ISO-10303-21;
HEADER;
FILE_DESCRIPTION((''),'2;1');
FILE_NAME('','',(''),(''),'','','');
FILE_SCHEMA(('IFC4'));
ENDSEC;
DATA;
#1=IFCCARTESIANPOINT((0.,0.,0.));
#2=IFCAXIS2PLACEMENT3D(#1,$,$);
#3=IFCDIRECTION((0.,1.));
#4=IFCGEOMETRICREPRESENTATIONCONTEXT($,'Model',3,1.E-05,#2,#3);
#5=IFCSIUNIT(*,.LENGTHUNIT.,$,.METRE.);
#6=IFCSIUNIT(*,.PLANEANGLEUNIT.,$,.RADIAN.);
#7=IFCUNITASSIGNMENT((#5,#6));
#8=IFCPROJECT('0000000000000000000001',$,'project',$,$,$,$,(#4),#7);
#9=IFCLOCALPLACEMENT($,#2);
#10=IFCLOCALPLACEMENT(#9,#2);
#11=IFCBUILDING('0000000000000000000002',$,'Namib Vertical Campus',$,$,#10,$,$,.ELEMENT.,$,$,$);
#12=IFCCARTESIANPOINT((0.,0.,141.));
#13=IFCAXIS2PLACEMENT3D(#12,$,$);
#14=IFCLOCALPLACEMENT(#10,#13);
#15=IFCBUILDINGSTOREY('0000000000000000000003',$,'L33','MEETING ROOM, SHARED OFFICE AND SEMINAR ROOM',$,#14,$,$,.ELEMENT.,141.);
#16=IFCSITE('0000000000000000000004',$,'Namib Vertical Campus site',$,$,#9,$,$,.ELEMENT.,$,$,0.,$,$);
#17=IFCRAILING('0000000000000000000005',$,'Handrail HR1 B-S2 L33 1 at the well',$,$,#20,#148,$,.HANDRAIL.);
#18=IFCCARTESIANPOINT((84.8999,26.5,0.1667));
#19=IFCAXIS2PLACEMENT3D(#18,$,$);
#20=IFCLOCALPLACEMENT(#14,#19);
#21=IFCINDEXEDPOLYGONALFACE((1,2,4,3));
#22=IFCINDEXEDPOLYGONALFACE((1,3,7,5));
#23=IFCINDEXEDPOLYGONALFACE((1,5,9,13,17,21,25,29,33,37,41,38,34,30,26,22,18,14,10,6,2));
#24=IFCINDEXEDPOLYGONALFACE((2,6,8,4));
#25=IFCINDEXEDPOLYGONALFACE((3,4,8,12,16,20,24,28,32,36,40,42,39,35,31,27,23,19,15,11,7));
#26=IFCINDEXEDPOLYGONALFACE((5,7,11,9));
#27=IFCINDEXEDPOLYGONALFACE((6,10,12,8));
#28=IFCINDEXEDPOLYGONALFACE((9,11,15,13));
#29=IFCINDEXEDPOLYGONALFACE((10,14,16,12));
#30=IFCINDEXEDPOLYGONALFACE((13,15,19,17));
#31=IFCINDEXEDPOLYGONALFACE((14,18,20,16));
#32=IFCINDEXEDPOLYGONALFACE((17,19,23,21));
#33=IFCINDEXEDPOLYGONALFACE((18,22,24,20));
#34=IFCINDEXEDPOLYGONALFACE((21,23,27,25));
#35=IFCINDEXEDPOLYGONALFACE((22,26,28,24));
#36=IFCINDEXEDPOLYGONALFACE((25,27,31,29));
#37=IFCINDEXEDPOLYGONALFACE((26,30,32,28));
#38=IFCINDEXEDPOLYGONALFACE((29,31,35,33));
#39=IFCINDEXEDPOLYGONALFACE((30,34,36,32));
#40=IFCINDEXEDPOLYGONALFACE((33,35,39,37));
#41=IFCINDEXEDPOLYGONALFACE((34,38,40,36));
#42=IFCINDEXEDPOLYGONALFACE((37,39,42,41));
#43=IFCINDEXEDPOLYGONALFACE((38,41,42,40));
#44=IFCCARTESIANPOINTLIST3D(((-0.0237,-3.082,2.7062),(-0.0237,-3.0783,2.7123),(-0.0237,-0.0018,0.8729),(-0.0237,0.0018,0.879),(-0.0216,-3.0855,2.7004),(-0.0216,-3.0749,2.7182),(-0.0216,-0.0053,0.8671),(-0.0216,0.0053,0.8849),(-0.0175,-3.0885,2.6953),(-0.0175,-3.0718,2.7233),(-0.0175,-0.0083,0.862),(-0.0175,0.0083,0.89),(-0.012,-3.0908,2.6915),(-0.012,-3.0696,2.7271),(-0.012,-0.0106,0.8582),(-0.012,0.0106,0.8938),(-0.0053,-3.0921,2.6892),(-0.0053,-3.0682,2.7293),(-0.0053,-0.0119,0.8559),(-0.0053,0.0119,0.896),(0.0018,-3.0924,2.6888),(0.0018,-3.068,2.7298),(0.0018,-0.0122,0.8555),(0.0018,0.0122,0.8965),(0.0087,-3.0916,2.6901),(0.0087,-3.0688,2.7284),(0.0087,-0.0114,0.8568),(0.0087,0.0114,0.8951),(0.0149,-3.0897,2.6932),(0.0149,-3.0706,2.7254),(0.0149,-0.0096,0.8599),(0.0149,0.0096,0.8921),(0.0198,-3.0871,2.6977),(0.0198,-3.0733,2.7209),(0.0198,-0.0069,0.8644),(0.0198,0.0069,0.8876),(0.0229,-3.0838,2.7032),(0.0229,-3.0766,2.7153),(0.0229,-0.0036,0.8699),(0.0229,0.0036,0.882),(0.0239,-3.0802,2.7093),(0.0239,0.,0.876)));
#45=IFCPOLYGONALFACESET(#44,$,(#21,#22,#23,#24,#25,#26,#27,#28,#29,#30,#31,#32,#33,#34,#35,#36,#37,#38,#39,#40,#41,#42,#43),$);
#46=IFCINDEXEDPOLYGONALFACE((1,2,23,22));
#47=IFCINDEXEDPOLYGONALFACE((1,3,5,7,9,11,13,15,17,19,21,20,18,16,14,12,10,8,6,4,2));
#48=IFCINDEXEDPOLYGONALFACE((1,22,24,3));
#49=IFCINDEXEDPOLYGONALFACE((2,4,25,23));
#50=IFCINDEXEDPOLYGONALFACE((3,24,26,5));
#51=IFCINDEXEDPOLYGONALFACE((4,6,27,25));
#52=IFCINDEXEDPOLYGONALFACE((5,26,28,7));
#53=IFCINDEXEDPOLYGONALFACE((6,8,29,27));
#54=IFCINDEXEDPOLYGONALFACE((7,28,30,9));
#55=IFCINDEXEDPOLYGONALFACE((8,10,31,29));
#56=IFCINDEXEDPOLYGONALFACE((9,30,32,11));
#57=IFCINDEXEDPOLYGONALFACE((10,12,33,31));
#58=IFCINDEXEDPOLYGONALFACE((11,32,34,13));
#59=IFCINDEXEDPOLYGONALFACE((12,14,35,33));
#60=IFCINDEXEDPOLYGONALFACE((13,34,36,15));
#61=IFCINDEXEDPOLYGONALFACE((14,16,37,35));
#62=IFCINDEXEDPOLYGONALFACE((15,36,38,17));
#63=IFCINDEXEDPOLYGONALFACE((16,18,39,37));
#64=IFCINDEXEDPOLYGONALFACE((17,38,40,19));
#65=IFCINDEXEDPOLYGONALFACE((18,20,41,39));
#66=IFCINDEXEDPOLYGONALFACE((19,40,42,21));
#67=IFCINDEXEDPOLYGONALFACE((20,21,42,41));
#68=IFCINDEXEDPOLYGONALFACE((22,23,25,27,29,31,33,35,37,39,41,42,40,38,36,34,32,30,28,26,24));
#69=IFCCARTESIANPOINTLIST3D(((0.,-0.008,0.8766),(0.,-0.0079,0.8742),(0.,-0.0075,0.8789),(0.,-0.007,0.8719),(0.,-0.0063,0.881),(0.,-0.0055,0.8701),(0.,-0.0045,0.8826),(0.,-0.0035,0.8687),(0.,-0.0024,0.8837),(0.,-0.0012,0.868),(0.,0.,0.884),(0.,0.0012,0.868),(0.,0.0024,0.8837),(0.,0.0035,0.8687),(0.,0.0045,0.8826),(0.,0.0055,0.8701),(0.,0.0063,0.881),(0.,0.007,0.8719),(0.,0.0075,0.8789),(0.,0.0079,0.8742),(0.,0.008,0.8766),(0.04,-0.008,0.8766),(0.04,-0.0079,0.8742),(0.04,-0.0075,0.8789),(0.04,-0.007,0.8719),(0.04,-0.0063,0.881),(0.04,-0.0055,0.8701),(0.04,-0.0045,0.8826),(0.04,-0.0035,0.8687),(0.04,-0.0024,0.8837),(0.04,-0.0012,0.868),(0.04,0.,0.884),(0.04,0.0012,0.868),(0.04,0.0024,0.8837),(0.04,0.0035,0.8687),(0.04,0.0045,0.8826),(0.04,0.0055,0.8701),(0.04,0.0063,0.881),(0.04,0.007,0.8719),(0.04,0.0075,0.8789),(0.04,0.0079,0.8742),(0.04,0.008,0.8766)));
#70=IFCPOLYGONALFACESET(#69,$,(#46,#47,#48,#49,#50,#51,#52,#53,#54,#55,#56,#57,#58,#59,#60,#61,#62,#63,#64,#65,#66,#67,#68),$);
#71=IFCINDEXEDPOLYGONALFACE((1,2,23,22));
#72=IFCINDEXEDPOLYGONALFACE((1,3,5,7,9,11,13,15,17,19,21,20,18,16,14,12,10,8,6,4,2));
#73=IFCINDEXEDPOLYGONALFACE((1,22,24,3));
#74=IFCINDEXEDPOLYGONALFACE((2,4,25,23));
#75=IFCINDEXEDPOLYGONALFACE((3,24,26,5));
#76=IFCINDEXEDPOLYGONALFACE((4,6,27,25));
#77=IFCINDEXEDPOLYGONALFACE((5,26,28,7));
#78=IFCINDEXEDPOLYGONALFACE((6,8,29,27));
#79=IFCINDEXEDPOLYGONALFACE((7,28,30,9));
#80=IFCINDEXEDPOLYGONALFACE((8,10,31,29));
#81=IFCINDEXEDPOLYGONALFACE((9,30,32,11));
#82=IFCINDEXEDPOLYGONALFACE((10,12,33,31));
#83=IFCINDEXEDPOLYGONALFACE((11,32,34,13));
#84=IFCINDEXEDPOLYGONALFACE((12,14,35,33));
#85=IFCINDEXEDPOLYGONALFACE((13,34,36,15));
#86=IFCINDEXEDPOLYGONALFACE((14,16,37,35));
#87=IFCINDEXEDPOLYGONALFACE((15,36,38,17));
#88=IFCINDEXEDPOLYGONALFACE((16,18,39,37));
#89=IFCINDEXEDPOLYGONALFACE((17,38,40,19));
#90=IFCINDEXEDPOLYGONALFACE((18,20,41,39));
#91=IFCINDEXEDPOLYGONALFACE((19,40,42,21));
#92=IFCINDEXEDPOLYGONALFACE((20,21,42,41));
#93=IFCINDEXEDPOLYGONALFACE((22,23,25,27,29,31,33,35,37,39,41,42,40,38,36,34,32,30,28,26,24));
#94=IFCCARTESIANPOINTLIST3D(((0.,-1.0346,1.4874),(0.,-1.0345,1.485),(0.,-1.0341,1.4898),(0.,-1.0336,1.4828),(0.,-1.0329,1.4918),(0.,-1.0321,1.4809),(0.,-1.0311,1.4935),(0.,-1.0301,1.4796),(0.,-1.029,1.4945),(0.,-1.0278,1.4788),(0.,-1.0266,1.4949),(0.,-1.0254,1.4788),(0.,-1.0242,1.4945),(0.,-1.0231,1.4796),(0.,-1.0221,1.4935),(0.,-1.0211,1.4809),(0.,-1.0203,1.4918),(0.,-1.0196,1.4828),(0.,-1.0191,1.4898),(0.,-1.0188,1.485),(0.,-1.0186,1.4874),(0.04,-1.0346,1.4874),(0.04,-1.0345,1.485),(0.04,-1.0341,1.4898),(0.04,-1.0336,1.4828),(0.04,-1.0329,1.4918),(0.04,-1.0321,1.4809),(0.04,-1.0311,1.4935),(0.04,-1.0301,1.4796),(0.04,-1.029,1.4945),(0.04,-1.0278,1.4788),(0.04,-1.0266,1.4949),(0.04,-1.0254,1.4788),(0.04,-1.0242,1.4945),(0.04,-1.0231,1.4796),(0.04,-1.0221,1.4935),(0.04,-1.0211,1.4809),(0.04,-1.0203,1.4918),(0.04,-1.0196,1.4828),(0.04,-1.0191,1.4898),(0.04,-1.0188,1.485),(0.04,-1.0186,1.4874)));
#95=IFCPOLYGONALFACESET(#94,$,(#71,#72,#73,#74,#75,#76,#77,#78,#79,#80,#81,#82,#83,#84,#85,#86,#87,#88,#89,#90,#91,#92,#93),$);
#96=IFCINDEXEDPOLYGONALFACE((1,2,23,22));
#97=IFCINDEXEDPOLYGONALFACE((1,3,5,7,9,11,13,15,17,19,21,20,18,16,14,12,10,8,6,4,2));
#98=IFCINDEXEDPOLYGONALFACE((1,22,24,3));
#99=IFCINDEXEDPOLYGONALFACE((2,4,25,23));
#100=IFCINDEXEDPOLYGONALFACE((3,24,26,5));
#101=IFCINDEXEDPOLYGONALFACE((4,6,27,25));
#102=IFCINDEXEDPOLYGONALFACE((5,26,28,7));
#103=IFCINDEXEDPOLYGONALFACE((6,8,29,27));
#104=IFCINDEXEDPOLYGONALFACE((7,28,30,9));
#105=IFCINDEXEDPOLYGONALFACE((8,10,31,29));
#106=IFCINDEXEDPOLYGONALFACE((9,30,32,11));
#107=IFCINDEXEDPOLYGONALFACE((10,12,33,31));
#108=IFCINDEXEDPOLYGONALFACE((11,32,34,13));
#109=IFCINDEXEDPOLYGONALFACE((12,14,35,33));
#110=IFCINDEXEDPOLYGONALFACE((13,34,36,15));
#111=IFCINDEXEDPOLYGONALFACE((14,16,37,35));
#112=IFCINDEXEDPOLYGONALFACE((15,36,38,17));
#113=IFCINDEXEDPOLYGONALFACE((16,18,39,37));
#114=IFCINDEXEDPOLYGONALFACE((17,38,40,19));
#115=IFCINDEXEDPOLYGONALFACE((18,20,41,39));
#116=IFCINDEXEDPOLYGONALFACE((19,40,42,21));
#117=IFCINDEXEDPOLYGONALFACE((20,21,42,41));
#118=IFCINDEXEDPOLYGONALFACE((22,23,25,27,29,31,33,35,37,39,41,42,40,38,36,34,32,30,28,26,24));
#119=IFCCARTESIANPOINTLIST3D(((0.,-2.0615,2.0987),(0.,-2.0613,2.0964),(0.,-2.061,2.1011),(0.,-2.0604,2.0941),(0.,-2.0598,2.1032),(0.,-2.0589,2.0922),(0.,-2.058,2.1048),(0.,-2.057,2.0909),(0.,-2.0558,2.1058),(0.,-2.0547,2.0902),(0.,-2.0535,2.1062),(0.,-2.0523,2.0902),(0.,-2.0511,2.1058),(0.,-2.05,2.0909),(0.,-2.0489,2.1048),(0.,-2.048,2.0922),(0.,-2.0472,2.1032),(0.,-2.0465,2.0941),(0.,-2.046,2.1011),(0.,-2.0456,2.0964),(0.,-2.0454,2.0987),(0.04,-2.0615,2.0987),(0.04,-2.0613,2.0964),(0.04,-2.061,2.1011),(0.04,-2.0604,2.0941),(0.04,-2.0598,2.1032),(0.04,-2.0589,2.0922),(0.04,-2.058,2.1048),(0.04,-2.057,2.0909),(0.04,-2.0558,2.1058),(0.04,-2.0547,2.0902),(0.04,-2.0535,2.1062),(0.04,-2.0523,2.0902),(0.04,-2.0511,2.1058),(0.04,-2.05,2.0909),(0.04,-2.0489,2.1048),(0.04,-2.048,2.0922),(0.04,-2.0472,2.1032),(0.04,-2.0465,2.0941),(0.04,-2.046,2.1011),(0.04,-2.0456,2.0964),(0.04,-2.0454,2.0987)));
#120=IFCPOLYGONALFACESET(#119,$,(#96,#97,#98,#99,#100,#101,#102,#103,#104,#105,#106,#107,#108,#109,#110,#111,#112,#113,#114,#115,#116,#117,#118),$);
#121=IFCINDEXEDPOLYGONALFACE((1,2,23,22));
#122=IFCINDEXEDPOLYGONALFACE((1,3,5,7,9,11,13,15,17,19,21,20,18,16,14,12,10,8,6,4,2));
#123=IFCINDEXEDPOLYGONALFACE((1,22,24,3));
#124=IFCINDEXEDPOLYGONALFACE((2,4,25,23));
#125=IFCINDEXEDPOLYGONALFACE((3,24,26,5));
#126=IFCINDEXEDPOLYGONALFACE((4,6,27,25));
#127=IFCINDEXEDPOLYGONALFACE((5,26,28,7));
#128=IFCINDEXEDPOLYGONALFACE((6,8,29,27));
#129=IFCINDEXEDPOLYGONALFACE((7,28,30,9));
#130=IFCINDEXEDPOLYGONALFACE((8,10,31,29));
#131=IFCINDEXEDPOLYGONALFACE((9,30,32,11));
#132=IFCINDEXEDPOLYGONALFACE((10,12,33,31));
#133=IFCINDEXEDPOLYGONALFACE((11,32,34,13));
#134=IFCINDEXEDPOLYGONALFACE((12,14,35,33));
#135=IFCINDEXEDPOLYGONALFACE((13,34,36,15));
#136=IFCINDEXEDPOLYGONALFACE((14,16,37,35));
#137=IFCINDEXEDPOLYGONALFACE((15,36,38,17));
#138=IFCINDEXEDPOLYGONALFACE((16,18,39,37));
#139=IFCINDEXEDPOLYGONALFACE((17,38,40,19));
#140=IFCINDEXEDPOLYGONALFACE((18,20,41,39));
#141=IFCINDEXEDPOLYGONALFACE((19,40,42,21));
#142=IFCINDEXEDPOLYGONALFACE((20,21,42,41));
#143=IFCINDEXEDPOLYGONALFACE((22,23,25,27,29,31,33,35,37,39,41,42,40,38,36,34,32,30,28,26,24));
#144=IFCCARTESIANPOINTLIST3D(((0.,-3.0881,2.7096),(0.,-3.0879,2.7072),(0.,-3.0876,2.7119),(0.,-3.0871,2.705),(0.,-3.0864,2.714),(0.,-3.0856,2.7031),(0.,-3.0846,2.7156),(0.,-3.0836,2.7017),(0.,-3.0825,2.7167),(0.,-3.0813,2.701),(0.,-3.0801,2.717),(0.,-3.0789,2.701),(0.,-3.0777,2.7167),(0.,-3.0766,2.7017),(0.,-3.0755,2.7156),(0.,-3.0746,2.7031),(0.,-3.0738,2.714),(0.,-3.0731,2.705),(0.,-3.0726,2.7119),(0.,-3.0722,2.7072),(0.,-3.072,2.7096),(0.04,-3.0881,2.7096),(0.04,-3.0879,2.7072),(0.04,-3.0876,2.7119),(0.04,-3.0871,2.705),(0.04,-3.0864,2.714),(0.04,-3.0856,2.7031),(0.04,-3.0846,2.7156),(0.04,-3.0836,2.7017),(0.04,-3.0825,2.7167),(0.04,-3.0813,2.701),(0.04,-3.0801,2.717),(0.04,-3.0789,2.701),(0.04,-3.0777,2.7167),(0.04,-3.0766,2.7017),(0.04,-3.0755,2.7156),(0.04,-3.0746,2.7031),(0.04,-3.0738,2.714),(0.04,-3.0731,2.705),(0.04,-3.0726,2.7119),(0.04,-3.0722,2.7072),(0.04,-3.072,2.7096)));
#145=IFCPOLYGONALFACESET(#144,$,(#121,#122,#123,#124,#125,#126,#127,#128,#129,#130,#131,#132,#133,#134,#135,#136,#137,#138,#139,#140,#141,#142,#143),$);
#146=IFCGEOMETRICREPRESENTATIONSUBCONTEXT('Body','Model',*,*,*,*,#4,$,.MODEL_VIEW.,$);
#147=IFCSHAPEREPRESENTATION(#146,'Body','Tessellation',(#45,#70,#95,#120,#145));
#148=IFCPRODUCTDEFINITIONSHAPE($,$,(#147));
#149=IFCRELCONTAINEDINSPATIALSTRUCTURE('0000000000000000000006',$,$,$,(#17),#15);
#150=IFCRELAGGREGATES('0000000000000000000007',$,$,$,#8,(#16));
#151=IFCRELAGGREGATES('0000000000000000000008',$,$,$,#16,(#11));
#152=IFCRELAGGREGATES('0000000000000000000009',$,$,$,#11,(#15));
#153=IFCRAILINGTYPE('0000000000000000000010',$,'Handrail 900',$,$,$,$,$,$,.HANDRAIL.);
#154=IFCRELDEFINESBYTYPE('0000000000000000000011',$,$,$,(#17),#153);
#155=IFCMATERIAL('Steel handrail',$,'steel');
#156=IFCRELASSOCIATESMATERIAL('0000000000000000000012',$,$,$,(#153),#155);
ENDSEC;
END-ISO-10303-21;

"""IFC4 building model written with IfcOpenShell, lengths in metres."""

from ifc_helpers import new_model, si_unit, direction, frame, origin, origin_2d, place, context, subcontext, project, spatial, circle, extrude, material, type_object, element, save


model = new_model("IFC4")

# Units and contexts
model_context = context("Model", 3, precision=1e-05, world=origin(), true_north=direction((0.0, 1.0)))
body_context = subcontext(model_context, "Body", "Model", "MODEL_VIEW")
ifc_project = project(units=[si_unit("LENGTHUNIT", "METRE"), si_unit("PLANEANGLEUNIT", "RADIAN")], contexts=[model_context])

# Site, building, storey
site_placement = place(None, origin())
site = spatial("IfcSite", under=ifc_project, at=site_placement, Name="Namib Vertical Campus site", CompositionType="ELEMENT", RefElevation=0.0)
building_placement = place(site_placement, origin())
building = spatial("IfcBuilding", under=site, at=building_placement, Name="Namib Vertical Campus", CompositionType="ELEMENT")
storey_placement = place(building_placement, frame((0.0, 0.0, 141.0)))
storey = spatial("IfcBuildingStorey", under=building, at=storey_placement, Name="L33", Description="MEETING ROOM, SHARED OFFICE AND SEMINAR ROOM", CompositionType="ELEMENT", Elevation=141.0)

# Railing
ifc_material_1 = material(Name="Steel handrail", Category="steel")
railing_type_1 = type_object("IfcRailingType", Name="Handrail 900", PredefinedType="HANDRAIL", material=ifc_material_1)
railing_1_placement = place(storey_placement, frame((84.8999, 26.5, 0.1667)))
element("IfcRailing", 1, at=railing_1_placement, inside=storey, type_object=railing_type_1, Name="Handrail HR1 B-S2 L33 1 at the well", PredefinedType="HANDRAIL", context=body_context, shape_type="SweptSolid", body=[
    extrude(circle(Radius=0.0239, at=origin_2d()), frame((0.0, 0.0, 0.876), z_axis=(0.0, -0.859309, 0.511458), x_axis=(1.0, 0.0, 0.0)), (0.0, 0.0, 1.0), 3.5845),
    extrude(circle(Radius=0.0081, at=origin_2d()), frame((0.0, 0.0, 0.876), z_axis=(1.0, 0.0, 0.0), x_axis=(0.0, 0.0, 1.0)), (0.0, 0.0, 1.0), 0.04),
    extrude(circle(Radius=0.0081, at=origin_2d()), frame((0.0, -1.0266, 1.4868), z_axis=(1.0, 0.0, 0.0), x_axis=(0.0, 0.0, 1.0)), (0.0, 0.0, 1.0), 0.04),
    extrude(circle(Radius=0.0081, at=origin_2d()), frame((0.0, -2.0535, 2.0981), z_axis=(1.0, 0.0, 0.0), x_axis=(0.0, 0.0, 1.0)), (0.0, 0.0, 1.0), 0.04),
    extrude(circle(Radius=0.0081, at=origin_2d()), frame((0.0, -3.0801, 2.709), z_axis=(1.0, 0.0, 0.0), x_axis=(0.0, 0.0, 1.0)), (0.0, 0.0, 1.0), 0.04),
])

save(model, "model.ifc")
